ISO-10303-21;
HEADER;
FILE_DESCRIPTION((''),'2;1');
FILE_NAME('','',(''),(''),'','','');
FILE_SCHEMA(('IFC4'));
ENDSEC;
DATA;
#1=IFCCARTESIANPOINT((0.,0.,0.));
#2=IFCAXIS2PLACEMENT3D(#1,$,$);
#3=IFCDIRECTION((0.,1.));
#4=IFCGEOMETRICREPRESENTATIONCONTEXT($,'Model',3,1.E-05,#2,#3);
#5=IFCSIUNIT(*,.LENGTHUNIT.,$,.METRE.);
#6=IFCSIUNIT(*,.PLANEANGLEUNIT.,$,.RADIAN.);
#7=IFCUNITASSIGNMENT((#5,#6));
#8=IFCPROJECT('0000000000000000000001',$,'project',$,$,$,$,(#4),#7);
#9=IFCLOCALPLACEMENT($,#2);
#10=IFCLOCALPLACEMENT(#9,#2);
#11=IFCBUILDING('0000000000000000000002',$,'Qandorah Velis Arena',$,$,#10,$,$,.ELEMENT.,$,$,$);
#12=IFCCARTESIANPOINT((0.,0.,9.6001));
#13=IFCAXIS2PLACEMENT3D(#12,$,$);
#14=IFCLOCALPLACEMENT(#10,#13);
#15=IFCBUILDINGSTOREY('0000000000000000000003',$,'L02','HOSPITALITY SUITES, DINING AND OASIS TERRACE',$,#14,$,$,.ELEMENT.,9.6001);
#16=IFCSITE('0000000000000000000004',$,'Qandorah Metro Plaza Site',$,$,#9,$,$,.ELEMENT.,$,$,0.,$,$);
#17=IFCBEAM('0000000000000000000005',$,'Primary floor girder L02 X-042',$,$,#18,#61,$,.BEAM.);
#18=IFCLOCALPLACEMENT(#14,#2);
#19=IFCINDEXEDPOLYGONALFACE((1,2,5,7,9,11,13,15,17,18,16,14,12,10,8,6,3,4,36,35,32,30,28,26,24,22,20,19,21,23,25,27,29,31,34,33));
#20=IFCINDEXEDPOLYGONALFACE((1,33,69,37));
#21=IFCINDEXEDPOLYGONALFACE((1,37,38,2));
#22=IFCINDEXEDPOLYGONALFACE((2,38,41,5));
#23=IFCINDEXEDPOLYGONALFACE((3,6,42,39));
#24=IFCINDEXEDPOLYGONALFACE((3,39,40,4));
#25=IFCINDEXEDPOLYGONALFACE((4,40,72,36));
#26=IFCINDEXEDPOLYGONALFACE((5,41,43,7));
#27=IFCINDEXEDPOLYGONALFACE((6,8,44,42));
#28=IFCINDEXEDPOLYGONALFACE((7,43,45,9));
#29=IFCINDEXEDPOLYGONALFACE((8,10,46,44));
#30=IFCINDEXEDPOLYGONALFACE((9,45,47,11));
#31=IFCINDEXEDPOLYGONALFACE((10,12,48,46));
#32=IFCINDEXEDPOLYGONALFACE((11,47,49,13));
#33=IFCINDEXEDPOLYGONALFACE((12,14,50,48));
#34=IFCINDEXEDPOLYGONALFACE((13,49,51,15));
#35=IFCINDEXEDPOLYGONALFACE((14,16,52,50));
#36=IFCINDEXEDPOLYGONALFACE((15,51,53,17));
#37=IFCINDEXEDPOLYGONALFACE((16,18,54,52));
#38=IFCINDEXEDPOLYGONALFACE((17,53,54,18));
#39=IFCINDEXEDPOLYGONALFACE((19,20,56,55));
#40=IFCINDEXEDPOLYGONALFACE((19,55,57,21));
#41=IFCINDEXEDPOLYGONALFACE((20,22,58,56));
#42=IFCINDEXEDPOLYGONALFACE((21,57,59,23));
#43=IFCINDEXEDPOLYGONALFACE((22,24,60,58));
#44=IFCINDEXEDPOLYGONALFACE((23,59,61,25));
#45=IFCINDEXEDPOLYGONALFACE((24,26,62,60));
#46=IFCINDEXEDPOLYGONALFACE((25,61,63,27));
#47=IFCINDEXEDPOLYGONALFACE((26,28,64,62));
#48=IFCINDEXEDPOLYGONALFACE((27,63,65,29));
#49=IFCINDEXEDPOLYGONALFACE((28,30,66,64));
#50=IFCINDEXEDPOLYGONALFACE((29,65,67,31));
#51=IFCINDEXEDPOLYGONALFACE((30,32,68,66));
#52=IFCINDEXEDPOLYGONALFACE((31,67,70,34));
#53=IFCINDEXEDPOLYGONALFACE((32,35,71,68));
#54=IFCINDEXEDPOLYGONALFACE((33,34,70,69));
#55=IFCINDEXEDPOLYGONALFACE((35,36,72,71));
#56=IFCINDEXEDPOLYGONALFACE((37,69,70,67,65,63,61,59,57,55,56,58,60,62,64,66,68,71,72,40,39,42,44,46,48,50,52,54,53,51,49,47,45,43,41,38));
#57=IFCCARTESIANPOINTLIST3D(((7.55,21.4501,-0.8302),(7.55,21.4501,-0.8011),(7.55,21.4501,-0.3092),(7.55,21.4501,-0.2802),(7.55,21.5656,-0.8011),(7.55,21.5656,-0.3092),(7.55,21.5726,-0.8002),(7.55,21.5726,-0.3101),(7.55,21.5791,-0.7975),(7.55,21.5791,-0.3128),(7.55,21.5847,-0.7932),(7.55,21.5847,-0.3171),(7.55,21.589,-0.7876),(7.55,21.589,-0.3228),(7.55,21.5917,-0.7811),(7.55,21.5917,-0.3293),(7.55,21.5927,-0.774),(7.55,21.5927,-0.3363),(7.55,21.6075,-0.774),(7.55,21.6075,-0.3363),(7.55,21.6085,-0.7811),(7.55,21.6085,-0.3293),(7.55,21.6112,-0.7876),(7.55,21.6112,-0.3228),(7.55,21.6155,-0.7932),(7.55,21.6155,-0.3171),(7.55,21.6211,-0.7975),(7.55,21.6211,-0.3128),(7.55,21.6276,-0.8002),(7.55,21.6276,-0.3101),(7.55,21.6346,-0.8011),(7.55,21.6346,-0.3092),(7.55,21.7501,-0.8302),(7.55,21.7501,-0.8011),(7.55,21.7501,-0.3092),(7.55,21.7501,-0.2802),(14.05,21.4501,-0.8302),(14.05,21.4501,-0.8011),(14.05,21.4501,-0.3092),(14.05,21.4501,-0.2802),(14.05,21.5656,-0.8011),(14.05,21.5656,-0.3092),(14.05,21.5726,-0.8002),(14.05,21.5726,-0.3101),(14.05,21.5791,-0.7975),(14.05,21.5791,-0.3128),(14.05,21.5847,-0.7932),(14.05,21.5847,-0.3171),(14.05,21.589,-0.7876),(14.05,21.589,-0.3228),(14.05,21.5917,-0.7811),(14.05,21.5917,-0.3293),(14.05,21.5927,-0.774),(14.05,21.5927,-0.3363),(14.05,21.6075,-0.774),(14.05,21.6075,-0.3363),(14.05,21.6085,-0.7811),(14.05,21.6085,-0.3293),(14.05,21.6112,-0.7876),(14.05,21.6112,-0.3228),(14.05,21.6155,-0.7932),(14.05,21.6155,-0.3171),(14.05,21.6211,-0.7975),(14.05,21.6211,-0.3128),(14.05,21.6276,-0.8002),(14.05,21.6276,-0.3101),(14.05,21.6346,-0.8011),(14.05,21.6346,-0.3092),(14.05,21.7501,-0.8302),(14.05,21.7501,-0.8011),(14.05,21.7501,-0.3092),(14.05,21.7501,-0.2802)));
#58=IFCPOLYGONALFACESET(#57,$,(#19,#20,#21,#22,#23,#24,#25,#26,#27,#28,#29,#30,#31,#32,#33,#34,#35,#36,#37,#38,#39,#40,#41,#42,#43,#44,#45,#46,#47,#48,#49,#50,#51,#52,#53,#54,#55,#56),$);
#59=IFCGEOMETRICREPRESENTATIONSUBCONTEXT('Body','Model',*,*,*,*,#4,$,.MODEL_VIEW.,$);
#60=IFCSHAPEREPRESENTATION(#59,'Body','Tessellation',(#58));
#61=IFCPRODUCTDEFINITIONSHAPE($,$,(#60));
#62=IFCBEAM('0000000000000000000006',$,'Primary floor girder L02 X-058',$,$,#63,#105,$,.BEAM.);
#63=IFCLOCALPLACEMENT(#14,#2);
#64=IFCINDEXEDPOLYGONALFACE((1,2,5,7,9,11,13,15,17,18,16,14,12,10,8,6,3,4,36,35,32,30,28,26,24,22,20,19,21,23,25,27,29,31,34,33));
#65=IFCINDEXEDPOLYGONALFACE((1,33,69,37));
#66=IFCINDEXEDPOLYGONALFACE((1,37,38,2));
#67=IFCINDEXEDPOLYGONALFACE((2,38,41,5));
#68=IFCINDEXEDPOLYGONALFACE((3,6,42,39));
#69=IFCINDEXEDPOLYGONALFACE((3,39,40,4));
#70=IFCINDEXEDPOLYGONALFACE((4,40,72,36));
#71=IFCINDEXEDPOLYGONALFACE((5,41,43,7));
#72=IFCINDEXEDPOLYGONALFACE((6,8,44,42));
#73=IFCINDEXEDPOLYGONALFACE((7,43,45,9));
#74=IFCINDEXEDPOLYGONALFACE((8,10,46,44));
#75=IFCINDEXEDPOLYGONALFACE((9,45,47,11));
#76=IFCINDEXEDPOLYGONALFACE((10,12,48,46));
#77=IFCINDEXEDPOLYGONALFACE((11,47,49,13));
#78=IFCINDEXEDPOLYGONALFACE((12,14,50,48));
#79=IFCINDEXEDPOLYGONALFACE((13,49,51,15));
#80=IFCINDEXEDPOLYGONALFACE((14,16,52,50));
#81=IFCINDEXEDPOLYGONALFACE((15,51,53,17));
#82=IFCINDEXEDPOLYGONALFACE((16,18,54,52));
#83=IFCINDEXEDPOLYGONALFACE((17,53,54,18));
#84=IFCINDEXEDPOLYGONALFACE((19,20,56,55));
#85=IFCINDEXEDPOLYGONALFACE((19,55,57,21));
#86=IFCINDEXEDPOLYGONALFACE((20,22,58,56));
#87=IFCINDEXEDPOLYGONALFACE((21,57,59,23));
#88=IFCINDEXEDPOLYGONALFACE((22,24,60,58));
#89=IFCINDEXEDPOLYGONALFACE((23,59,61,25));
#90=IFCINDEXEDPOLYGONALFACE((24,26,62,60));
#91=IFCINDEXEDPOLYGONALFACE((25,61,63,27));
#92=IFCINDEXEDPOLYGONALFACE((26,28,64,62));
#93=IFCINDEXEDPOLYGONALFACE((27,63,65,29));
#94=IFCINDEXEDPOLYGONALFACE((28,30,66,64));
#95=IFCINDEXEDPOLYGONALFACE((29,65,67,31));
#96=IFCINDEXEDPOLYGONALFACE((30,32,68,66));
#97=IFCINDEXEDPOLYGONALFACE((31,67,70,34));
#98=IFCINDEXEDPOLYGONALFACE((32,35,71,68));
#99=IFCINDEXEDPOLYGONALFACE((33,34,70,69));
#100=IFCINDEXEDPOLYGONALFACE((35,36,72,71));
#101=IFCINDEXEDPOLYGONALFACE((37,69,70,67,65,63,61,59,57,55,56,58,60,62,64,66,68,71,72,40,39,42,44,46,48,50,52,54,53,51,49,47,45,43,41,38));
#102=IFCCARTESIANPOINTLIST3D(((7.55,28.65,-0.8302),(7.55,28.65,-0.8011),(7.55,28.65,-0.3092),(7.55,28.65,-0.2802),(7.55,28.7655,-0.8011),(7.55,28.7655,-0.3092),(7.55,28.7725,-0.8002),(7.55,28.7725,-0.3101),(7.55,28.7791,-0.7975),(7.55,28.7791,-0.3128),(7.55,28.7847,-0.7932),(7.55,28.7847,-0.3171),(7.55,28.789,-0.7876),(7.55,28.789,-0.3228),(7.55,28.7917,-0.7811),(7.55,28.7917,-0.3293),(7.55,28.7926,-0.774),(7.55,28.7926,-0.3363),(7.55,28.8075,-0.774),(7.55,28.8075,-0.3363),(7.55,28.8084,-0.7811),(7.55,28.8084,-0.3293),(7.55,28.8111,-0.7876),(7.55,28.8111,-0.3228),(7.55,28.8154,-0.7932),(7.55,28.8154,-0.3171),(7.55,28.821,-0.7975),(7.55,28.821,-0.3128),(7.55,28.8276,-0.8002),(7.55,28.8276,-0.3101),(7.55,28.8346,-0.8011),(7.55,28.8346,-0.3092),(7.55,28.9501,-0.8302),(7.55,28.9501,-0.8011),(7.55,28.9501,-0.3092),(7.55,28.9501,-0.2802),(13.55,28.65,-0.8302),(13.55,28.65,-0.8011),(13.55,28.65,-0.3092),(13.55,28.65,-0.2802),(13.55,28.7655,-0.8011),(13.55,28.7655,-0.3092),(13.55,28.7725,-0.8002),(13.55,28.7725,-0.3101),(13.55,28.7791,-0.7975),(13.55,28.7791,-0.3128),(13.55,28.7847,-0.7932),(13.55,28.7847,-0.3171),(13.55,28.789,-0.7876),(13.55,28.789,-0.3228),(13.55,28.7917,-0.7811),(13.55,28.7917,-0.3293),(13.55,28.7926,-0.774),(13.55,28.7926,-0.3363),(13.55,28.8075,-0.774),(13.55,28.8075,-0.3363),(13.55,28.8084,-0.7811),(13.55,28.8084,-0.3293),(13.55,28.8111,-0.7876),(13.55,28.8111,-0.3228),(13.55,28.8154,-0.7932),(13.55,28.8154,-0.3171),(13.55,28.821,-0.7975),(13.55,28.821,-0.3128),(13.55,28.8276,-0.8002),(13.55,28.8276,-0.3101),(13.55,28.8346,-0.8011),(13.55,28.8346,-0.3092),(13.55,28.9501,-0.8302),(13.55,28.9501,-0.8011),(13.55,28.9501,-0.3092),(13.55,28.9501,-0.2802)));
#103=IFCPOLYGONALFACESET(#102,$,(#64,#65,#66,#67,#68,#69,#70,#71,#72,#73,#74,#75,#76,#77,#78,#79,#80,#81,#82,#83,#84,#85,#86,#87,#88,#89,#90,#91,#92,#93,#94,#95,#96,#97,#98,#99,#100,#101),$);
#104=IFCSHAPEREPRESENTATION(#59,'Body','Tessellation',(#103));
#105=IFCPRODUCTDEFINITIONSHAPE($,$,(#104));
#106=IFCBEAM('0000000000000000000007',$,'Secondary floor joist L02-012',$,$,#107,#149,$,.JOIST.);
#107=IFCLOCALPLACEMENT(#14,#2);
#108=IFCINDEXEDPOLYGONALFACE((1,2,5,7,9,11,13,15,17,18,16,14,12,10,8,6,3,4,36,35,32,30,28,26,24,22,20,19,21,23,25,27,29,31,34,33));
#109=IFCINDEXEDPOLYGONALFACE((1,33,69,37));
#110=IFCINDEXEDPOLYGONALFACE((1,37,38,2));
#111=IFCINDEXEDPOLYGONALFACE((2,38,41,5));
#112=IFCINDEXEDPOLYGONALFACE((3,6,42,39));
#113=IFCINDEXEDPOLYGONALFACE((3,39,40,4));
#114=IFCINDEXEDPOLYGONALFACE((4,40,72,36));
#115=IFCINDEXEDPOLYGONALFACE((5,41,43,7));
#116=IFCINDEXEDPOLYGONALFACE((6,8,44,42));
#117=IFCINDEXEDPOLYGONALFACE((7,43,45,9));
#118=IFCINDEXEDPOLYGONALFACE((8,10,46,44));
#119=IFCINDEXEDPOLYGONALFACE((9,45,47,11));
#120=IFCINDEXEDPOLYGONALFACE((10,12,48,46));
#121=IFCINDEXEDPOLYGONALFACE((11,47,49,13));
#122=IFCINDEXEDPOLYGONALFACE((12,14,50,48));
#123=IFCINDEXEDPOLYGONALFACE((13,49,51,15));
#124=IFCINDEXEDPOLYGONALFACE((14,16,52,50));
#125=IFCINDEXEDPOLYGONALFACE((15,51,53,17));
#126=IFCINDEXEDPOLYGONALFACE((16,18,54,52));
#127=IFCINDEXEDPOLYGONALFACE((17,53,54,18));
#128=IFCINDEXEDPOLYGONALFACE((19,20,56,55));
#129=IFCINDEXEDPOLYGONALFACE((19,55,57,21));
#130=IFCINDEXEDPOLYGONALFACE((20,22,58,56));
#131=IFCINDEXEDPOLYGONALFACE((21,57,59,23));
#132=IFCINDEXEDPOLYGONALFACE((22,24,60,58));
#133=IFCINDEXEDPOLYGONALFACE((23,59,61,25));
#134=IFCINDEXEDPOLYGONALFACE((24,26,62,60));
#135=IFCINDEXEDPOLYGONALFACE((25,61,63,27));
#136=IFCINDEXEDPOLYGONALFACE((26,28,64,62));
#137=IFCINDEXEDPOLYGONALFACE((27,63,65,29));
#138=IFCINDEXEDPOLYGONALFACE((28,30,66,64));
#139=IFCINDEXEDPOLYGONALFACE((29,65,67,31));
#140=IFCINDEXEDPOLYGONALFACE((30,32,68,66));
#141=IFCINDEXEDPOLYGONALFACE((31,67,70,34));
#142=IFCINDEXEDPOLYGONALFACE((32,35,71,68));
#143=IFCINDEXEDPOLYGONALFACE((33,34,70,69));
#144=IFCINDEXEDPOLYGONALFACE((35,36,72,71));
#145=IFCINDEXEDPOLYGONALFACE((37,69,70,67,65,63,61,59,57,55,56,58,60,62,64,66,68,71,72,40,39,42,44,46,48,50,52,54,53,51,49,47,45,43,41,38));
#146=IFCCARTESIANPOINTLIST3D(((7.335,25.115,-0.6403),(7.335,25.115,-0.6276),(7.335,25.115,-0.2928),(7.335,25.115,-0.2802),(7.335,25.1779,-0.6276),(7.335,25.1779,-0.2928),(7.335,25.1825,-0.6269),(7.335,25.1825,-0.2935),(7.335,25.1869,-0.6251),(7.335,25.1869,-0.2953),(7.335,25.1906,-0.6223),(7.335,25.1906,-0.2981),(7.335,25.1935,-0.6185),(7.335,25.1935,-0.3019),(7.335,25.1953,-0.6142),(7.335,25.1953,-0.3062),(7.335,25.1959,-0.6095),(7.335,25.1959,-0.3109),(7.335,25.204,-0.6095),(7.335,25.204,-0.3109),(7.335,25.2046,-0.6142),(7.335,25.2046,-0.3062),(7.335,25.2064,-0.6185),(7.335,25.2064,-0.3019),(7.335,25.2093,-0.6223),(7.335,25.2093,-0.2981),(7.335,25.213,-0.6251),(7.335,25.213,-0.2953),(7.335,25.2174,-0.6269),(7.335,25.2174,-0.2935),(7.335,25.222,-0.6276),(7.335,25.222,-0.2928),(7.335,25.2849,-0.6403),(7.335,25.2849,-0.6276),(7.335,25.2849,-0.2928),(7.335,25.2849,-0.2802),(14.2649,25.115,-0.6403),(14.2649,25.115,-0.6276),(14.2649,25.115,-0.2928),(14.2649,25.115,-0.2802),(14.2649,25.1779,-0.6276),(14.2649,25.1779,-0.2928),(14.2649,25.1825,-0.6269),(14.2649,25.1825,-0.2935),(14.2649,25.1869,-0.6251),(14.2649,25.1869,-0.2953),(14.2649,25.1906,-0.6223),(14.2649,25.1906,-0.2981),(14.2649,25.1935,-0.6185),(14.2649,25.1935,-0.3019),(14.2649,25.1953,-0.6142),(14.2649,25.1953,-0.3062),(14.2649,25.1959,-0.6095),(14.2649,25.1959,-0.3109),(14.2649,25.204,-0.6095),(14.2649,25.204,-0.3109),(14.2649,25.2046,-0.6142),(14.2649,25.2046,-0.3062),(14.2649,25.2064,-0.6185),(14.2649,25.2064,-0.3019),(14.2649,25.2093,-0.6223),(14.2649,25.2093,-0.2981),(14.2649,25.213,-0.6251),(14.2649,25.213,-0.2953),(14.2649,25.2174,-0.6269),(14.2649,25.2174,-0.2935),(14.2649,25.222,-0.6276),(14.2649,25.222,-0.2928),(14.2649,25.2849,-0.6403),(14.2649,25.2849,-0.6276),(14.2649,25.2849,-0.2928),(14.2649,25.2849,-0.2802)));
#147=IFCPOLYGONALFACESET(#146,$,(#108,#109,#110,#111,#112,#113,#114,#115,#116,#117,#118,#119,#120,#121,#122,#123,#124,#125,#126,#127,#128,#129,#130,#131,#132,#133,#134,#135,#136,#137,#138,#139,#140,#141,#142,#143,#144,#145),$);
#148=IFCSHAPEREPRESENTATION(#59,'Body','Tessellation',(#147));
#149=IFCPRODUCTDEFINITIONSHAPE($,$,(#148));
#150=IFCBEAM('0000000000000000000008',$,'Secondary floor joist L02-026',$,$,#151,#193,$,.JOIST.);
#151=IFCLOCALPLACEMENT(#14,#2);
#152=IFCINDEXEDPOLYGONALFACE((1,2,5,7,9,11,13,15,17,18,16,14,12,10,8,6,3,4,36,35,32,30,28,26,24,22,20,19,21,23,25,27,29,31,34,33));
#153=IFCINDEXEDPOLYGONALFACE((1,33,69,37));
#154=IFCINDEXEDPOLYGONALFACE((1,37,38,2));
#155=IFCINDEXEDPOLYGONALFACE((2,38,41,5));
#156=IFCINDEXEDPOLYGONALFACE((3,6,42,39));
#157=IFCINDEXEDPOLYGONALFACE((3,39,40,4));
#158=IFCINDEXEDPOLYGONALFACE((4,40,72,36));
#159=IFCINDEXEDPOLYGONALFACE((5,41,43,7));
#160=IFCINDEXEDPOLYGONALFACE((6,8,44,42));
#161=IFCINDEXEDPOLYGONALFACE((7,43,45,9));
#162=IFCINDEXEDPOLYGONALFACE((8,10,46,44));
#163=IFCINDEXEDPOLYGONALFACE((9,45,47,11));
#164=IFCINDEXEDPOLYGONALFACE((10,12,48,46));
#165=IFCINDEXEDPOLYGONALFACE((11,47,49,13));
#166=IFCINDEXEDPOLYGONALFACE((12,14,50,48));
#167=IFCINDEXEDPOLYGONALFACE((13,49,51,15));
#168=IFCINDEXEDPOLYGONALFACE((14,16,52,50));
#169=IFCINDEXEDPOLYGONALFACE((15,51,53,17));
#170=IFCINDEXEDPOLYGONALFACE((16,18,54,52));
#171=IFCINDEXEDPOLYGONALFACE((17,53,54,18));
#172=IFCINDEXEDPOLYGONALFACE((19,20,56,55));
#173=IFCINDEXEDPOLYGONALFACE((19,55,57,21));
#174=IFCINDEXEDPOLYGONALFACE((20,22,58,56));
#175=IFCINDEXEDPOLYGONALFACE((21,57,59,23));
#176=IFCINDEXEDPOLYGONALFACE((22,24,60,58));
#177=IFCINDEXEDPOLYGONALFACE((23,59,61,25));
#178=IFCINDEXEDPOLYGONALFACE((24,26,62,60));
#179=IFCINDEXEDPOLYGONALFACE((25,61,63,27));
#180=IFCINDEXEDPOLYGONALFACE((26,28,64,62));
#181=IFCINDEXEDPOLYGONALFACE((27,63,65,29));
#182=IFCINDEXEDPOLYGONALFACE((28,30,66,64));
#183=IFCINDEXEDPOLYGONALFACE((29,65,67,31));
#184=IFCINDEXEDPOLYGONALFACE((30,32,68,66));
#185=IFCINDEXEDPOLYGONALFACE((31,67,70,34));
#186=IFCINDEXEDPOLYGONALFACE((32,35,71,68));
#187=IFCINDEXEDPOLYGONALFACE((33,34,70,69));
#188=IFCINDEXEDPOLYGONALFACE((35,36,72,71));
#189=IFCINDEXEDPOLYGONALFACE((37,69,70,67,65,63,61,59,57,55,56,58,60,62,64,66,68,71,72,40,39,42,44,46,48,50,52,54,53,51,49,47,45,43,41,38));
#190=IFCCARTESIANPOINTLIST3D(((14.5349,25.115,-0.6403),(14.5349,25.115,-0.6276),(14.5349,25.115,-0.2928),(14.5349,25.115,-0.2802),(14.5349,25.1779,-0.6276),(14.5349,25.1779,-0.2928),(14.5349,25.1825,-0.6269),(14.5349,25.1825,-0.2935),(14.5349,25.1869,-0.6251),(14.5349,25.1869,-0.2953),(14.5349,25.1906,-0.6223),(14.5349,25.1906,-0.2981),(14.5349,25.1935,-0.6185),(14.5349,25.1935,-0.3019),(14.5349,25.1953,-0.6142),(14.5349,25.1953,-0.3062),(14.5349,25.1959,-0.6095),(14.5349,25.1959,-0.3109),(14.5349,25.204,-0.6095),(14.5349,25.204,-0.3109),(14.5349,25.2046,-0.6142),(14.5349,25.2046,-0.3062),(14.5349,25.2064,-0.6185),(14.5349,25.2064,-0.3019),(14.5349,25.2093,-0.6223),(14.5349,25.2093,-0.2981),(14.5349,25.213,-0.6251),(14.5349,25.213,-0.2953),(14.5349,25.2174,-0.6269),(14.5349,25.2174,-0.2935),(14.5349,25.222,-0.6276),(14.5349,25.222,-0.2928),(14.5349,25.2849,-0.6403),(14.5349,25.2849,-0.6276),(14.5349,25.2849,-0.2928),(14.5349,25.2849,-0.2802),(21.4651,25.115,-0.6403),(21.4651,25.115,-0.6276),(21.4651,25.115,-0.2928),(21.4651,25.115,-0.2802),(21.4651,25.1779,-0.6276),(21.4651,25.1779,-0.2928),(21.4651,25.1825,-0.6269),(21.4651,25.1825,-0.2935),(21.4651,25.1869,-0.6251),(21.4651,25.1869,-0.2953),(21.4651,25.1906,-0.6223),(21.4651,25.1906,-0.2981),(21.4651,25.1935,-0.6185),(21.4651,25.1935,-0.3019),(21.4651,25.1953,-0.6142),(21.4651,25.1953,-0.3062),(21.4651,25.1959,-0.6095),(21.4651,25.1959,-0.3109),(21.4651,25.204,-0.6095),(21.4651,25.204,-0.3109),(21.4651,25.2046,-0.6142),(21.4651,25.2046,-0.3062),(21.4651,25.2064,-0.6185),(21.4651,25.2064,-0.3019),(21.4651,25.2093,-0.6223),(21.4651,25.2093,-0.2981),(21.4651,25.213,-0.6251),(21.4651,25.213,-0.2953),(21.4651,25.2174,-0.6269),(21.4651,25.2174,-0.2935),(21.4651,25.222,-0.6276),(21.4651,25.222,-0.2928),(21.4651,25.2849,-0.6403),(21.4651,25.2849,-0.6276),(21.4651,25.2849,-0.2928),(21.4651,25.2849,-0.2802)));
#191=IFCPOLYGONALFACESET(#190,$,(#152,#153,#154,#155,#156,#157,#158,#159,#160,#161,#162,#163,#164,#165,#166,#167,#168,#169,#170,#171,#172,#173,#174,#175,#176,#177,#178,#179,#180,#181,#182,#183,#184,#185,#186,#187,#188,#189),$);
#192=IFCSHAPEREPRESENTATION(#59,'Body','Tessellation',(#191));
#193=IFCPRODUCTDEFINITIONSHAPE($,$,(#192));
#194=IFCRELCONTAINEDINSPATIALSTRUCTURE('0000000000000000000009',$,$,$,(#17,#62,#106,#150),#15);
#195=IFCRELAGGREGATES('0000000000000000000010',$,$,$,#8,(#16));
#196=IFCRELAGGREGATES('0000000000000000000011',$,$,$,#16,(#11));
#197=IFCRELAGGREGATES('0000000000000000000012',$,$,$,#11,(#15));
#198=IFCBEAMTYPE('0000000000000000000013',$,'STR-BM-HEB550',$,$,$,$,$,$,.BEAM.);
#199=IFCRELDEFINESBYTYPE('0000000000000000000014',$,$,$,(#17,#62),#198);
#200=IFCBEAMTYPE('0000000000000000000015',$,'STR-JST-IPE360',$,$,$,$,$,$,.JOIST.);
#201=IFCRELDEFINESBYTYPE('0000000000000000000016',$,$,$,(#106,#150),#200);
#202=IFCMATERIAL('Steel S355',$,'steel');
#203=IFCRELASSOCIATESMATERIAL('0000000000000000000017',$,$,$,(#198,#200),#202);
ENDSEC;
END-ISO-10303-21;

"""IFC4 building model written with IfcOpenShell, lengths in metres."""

from ifc_helpers import new_model, si_unit, direction, frame, origin, origin_2d, place, context, subcontext, project, spatial, i_section, extrude, material, material_profile, profile_set, type_object, element, save


model = new_model("IFC4")

# Units and contexts
model_context = context("Model", 3, precision=1e-05, world=origin(), true_north=direction((0.0, 1.0)))
body_context = subcontext(model_context, "Body", "Model", "MODEL_VIEW")
ifc_project = project(units=[si_unit("LENGTHUNIT", "METRE"), si_unit("PLANEANGLEUNIT", "RADIAN")], contexts=[model_context])

# Site, building, storey
site_placement = place(None, origin())
site = spatial("IfcSite", under=ifc_project, at=site_placement, Name="Qandorah Metro Plaza Site", CompositionType="ELEMENT", RefElevation=0.0)
building_placement = place(site_placement, origin())
building = spatial("IfcBuilding", under=site, at=building_placement, Name="Qandorah Velis Arena", CompositionType="ELEMENT")
storey_placement = place(building_placement, frame((0.0, 0.0, 9.6001)))
storey = spatial("IfcBuildingStorey", under=building, at=storey_placement, Name="L02", Description="HOSPITALITY SUITES, DINING AND OASIS TERRACE", CompositionType="ELEMENT", Elevation=9.6001)

# Shared definitions
ifc_material_1 = material(Name="Steel S355", Category="steel")

# Beams
ifc_material_profile_1 = material_profile(ifc_material_1, i_section(OverallWidth=0.3, OverallDepth=0.55, WebThickness=0.0149, FlangeThickness=0.0291, FilletRadius=0.0271, at=origin_2d()), Name="HEB 550")
ifc_profile_set_1 = profile_set([ifc_material_profile_1], Name="Steel S355")
beam_type_1 = type_object("IfcBeamType", Name="STR-BM-HEB550", PredefinedType="BEAM", material=ifc_profile_set_1)
beam_1_placement = place(storey_placement, frame((7.55, 21.6001, -0.5552), z_axis=(1.0, 0.0, 0.0), x_axis=(0.0, 1.0, 0.0)))
element("IfcBeam", 1, at=beam_1_placement, inside=storey, type_object=beam_type_1, Name="Primary floor girder L02 X-042", PredefinedType="BEAM", context=body_context, shape_type="SweptSolid", body=[
    extrude(i_section(OverallWidth=0.3, OverallDepth=0.55, WebThickness=0.0149, FlangeThickness=0.0291, FilletRadius=0.0271, at=origin_2d()), origin(), (0.0, 0.0, 1.0), 6.5),
])
beam_2_placement = place(storey_placement, frame((7.55, 28.8, -0.5552), z_axis=(1.0, 0.0, 0.0), x_axis=(0.0, 1.0, 0.0)))
element("IfcBeam", 2, at=beam_2_placement, inside=storey, type_object=beam_type_1, Name="Primary floor girder L02 X-058", PredefinedType="BEAM", context=body_context, shape_type="SweptSolid", body=[
    extrude(i_section(OverallWidth=0.3, OverallDepth=0.55, WebThickness=0.0149, FlangeThickness=0.0291, FilletRadius=0.0271, at=origin_2d()), origin(), (0.0, 0.0, 1.0), 6.0),
])
ifc_material_profile_2 = material_profile(ifc_material_1, i_section(OverallWidth=0.1699, OverallDepth=0.3601, WebThickness=0.0081, FlangeThickness=0.0127, FilletRadius=0.0181, at=origin_2d()), Name="IPE 360")
ifc_profile_set_2 = profile_set([ifc_material_profile_2], Name="Steel S355")
beam_type_2 = type_object("IfcBeamType", Name="STR-JST-IPE360", PredefinedType="JOIST", material=ifc_profile_set_2)
beam_3_placement = place(storey_placement, frame((7.335, 25.2, -0.4602), z_axis=(1.0, 0.0, 0.0), x_axis=(0.0, 1.0, 0.0)))
element("IfcBeam", 3, at=beam_3_placement, inside=storey, type_object=beam_type_2, Name="Secondary floor joist L02-012", PredefinedType="JOIST", context=body_context, shape_type="SweptSolid", body=[
    extrude(i_section(OverallWidth=0.1699, OverallDepth=0.3601, WebThickness=0.0081, FlangeThickness=0.0127, FilletRadius=0.0181, at=origin_2d()), origin(), (0.0, 0.0, 1.0), 6.9299),
])
beam_4_placement = place(storey_placement, frame((14.5349, 25.2, -0.4602), z_axis=(1.0, 0.0, 0.0), x_axis=(0.0, 1.0, 0.0)))
element("IfcBeam", 4, at=beam_4_placement, inside=storey, type_object=beam_type_2, Name="Secondary floor joist L02-026", PredefinedType="JOIST", context=body_context, shape_type="SweptSolid", body=[
    extrude(i_section(OverallWidth=0.1699, OverallDepth=0.3601, WebThickness=0.0081, FlangeThickness=0.0127, FilletRadius=0.0181, at=origin_2d()), origin(), (0.0, 0.0, 1.0), 6.9302),
])

save(model, "model.ifc")
